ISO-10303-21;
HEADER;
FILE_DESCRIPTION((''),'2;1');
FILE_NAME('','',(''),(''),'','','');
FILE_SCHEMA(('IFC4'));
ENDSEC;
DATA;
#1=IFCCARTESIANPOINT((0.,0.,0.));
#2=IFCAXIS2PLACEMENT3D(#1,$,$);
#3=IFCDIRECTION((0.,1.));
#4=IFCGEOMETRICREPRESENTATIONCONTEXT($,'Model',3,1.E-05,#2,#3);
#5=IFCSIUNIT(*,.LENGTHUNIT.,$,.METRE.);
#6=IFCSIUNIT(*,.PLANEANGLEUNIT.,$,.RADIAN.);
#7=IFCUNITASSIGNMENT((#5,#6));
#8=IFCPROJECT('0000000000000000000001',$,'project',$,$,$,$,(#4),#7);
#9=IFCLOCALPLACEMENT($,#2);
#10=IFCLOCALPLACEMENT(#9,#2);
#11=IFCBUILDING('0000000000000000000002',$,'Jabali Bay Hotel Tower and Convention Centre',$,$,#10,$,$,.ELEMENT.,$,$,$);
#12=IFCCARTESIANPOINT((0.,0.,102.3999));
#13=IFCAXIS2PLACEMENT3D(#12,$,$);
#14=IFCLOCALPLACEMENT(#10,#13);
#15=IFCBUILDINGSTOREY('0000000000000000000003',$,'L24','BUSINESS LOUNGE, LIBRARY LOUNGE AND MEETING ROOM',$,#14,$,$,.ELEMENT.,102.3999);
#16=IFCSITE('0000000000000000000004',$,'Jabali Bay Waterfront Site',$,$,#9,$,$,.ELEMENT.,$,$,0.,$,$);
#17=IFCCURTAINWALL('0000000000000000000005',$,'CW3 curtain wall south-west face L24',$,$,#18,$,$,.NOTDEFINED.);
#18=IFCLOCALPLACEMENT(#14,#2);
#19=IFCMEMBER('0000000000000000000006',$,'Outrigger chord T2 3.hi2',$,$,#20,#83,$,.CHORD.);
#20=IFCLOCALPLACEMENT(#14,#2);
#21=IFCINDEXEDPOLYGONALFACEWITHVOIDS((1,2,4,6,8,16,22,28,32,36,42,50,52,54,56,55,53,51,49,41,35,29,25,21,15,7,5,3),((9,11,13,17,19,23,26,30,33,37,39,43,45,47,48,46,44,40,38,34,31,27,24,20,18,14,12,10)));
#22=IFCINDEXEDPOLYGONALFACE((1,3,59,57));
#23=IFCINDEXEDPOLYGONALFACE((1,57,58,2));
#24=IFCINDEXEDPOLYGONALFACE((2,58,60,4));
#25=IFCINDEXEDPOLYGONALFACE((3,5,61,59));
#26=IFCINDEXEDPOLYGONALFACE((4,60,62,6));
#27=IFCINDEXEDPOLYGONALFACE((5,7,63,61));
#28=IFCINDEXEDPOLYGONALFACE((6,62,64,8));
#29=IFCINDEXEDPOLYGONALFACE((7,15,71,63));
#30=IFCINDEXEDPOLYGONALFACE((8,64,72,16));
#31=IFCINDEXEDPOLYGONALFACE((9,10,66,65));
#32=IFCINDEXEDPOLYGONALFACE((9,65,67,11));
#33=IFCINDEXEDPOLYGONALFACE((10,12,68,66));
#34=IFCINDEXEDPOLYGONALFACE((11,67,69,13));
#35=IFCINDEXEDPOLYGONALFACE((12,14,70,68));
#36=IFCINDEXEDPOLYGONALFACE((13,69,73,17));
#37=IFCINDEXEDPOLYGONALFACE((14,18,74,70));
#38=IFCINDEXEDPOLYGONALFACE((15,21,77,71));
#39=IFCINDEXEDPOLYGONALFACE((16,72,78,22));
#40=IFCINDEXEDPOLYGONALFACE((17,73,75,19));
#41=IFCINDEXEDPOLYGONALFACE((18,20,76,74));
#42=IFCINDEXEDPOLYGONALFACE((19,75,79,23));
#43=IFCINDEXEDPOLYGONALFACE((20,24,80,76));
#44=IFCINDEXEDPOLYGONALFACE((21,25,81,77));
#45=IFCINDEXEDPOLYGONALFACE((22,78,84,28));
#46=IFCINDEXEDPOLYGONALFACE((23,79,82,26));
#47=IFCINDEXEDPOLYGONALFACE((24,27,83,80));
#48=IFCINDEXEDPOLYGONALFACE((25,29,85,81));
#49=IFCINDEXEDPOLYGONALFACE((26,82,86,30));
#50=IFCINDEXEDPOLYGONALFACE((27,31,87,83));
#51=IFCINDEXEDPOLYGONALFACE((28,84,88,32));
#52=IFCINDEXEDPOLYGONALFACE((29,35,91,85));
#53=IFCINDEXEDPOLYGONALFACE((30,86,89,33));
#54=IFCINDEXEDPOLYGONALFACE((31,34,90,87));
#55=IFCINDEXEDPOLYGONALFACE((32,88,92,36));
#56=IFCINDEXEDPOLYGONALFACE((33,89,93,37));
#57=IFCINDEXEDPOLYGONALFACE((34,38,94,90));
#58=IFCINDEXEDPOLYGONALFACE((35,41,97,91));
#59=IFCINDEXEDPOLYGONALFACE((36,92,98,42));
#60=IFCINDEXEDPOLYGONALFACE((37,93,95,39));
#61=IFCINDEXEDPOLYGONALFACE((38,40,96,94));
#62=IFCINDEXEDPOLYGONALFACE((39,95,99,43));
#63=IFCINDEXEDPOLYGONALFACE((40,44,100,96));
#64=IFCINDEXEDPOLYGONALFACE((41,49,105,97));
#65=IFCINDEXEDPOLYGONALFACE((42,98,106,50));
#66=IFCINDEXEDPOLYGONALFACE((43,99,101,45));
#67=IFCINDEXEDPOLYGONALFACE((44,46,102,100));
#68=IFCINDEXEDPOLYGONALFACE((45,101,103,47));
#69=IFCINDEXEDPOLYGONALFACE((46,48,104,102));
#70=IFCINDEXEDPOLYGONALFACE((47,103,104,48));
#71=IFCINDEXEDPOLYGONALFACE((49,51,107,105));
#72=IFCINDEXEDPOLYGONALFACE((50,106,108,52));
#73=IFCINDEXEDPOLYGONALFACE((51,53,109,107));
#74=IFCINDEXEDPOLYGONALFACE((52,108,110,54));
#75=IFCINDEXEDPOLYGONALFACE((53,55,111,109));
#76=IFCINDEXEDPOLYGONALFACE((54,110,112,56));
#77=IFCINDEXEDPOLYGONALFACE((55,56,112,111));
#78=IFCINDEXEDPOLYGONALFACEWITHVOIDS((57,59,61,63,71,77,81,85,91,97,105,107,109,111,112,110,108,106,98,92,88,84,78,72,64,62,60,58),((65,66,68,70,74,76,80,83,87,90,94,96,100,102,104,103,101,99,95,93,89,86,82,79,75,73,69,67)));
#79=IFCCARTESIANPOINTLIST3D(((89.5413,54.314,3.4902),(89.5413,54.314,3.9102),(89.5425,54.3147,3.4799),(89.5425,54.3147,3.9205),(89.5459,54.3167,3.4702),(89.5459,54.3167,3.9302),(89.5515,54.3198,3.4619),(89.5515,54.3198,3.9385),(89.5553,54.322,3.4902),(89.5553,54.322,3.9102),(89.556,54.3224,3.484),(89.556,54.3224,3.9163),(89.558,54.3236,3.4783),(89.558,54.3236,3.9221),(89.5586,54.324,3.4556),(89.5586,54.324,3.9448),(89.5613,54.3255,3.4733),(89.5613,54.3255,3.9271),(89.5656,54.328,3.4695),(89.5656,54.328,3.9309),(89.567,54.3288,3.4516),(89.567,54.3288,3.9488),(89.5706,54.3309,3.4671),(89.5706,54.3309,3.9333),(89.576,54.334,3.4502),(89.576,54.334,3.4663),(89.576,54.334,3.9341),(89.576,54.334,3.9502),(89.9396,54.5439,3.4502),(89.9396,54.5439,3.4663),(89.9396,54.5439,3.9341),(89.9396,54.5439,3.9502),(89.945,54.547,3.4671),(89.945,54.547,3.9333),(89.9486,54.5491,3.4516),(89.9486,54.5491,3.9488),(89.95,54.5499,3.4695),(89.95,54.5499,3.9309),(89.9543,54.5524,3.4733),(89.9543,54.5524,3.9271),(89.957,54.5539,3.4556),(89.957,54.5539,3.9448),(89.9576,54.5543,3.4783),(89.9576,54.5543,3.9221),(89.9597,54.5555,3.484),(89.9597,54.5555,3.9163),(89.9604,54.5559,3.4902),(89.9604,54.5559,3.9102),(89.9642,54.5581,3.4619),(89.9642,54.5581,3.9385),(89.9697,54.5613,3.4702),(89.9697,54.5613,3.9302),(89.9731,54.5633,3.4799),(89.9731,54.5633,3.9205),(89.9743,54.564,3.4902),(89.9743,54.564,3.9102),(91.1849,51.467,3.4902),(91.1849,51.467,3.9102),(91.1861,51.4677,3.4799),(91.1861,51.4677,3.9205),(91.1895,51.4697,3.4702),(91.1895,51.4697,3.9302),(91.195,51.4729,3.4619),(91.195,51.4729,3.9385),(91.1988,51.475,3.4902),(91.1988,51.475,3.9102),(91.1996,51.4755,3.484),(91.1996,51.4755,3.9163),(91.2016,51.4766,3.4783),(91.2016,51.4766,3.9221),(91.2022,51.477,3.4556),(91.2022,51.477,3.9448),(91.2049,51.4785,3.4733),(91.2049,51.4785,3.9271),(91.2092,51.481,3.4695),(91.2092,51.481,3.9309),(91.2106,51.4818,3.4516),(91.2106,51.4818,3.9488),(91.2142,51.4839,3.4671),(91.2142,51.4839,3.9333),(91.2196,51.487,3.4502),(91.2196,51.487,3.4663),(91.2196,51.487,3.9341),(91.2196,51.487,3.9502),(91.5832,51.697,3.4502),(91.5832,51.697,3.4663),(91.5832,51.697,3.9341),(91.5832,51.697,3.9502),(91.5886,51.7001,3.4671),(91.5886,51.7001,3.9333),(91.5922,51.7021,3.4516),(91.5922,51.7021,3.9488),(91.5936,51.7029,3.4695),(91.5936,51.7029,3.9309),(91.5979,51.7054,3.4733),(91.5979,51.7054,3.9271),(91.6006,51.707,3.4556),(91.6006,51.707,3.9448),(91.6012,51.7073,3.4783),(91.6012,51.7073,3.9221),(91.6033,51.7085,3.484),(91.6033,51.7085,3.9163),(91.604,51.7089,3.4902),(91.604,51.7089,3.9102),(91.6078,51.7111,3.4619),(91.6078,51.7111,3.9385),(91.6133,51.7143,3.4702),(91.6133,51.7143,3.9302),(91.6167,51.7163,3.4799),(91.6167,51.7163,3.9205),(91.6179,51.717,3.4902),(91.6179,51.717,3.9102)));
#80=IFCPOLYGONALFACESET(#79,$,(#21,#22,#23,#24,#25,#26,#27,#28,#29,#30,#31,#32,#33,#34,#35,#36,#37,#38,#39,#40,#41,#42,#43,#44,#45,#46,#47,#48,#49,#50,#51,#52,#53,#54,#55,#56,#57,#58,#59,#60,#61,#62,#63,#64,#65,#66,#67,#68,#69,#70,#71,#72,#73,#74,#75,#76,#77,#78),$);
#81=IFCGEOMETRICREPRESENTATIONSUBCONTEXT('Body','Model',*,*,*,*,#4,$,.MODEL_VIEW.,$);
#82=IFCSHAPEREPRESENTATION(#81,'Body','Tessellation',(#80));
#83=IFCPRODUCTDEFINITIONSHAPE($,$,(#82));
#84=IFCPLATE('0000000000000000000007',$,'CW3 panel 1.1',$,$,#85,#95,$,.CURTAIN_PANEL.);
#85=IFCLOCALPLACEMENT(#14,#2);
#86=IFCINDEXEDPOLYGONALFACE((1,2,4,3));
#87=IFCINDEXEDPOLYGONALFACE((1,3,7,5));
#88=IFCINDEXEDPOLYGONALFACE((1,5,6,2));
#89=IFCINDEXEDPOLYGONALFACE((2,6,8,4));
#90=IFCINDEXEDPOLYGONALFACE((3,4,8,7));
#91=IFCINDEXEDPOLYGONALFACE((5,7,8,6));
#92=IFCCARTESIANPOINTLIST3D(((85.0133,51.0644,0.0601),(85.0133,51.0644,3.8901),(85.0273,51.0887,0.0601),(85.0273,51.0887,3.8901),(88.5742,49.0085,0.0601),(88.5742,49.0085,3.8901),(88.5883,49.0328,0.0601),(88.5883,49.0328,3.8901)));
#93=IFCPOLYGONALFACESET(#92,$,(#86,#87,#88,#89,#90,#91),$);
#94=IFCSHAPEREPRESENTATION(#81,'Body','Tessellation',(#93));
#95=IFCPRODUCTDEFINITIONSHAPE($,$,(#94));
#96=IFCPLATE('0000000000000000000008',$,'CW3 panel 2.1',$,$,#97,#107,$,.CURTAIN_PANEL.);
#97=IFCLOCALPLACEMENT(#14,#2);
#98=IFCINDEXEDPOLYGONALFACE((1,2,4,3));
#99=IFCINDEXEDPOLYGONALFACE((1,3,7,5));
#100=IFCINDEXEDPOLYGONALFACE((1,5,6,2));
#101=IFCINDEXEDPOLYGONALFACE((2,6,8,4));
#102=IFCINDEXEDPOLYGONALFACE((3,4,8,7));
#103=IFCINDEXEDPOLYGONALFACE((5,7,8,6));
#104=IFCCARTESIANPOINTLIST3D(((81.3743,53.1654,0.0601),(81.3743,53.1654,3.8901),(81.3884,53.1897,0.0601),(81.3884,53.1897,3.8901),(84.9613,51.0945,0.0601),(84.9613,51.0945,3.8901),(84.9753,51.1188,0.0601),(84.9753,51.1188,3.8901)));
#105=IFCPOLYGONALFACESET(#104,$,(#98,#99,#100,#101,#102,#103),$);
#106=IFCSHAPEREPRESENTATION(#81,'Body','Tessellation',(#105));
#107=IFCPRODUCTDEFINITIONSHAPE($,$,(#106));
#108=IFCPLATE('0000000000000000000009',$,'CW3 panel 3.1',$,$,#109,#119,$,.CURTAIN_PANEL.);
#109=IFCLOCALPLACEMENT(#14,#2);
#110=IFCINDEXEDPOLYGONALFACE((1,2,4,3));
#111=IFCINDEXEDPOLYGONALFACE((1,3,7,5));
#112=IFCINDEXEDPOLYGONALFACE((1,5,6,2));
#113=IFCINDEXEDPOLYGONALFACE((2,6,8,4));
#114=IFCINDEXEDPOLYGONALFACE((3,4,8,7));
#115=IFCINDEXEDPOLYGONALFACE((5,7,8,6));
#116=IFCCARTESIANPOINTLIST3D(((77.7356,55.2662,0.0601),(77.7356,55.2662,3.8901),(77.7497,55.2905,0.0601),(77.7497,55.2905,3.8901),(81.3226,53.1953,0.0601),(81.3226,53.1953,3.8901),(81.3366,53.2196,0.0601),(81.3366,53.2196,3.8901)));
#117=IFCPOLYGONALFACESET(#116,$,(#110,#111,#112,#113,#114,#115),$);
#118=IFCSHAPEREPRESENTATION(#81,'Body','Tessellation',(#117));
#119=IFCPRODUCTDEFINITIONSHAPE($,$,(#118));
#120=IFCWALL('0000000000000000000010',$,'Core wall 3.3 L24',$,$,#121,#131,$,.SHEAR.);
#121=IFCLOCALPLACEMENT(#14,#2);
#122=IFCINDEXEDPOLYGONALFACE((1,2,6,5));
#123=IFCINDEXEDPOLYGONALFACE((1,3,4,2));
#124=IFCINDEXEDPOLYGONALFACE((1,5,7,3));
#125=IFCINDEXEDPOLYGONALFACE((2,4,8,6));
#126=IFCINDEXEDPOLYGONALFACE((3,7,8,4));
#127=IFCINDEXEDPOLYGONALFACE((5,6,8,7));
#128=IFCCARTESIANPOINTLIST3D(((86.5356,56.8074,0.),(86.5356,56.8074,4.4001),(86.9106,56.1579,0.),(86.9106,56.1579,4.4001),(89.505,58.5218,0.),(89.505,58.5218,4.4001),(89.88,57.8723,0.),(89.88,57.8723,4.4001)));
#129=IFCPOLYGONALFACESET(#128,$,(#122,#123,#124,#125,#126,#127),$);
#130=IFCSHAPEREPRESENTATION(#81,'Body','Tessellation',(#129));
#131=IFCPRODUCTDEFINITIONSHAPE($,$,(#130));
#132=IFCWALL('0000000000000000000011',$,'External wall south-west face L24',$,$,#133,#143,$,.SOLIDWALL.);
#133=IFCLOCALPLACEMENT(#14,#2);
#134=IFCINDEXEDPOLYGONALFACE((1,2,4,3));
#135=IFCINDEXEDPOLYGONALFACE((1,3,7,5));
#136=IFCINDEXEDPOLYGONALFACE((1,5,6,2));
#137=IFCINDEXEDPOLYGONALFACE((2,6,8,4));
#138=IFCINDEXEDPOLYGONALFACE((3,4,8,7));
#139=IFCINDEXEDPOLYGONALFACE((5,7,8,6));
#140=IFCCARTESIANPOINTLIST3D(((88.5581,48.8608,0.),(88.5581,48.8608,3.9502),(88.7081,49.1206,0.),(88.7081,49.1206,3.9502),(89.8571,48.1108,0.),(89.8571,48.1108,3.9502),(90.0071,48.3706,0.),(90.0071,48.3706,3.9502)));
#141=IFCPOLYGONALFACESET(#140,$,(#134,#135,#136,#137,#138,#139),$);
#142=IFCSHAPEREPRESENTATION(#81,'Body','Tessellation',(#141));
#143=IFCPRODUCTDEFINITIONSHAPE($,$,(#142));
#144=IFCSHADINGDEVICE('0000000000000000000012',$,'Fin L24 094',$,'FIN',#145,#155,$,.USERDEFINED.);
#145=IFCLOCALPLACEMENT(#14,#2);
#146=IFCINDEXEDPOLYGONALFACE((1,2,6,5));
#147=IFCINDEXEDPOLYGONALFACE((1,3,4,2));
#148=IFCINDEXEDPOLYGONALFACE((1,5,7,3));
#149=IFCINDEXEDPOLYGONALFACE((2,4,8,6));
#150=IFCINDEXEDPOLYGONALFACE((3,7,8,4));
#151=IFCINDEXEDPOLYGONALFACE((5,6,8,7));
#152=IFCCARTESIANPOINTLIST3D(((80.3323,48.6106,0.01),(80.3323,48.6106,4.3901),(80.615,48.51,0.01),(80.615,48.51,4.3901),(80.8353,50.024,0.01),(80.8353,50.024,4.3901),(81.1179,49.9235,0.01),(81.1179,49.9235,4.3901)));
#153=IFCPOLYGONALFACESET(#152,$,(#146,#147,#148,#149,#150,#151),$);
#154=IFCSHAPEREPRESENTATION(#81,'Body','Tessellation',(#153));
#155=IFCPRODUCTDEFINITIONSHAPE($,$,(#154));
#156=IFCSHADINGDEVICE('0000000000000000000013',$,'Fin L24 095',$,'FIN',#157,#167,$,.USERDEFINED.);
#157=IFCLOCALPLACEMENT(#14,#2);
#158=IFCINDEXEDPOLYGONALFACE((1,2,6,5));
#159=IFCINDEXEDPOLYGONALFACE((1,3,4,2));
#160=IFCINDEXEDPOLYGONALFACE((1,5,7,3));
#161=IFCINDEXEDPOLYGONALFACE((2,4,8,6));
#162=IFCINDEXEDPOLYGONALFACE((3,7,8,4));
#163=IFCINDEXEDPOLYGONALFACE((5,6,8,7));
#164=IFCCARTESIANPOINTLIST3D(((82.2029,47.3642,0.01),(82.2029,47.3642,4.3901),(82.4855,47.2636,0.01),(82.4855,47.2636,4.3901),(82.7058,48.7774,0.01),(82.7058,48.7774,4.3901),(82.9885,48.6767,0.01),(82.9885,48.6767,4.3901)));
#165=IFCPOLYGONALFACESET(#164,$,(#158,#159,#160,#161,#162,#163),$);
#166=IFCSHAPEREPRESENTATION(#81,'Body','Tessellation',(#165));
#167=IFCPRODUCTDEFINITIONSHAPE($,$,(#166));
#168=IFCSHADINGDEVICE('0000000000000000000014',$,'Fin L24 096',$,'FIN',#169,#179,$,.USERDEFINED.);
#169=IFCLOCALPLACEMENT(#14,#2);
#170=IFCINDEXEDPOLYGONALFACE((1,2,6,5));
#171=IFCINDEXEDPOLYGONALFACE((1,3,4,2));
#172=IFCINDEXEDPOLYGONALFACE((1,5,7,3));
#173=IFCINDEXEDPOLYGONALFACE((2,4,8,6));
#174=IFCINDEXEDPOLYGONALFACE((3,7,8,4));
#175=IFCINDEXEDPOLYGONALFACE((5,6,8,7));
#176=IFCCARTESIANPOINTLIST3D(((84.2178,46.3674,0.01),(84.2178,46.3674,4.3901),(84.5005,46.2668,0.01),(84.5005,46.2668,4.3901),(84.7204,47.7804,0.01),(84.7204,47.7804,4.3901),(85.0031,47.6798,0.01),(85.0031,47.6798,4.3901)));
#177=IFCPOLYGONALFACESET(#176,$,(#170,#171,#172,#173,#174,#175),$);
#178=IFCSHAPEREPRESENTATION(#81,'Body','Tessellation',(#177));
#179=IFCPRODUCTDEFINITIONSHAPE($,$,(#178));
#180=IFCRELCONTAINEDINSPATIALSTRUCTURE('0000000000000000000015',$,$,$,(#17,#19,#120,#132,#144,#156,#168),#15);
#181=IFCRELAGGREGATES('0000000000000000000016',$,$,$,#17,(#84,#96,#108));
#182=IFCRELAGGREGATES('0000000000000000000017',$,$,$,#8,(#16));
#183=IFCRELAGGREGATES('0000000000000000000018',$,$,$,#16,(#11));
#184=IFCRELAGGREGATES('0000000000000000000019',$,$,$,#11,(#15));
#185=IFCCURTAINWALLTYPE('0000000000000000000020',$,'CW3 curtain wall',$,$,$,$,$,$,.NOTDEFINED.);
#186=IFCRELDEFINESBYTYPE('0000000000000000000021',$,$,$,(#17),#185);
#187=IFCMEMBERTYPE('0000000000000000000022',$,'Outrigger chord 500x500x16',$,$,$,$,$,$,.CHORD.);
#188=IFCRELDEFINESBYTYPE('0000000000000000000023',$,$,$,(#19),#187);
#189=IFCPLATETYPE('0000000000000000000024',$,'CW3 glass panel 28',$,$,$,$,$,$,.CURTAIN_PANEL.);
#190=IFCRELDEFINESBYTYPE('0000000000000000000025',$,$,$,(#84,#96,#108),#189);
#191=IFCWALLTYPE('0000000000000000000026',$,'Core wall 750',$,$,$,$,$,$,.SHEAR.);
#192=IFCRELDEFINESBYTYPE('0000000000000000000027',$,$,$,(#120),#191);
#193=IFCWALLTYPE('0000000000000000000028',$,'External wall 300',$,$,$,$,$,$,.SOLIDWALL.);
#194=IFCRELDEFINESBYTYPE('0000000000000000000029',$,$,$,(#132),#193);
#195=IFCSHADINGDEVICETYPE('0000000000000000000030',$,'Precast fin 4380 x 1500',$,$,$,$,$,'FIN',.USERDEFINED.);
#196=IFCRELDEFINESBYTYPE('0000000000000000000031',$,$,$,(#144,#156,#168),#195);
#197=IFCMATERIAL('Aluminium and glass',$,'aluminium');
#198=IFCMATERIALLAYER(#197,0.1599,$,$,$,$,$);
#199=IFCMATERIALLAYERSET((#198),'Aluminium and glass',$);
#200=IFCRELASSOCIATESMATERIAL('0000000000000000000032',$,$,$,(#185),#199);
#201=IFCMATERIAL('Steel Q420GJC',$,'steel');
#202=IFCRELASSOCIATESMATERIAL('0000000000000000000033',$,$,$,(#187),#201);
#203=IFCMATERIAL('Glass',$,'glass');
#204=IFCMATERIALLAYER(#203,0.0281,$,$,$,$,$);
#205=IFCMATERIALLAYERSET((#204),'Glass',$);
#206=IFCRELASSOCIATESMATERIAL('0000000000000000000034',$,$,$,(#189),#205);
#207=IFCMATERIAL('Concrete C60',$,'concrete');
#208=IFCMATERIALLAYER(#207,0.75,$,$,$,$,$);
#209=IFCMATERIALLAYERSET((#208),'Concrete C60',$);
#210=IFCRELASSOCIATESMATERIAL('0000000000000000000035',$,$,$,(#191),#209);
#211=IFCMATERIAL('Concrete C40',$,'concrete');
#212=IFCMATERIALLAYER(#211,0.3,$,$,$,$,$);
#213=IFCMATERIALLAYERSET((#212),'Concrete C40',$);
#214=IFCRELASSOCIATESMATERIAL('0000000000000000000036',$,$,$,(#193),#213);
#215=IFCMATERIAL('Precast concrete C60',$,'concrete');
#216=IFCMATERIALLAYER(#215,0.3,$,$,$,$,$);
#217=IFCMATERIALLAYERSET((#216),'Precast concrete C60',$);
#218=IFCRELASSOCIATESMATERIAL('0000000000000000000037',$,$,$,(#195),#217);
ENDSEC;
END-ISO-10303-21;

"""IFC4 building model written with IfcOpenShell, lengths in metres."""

from ifc_helpers import new_model, si_unit, direction, frame, frame_2d, origin, origin_2d, place, context, subcontext, project, spatial, rectangle, hollow_rectangle, extrude, material, layer, layer_set, material_profile, profile_set, type_object, element, aggregate, save


model = new_model("IFC4")

# Units and contexts
model_context = context("Model", 3, precision=1e-05, world=origin(), true_north=direction((0.0, 1.0)))
body_context = subcontext(model_context, "Body", "Model", "MODEL_VIEW")
ifc_project = project(units=[si_unit("LENGTHUNIT", "METRE"), si_unit("PLANEANGLEUNIT", "RADIAN")], contexts=[model_context])

# Site, building, storey
site_placement = place(None, origin())
site = spatial("IfcSite", under=ifc_project, at=site_placement, Name="Jabali Bay Waterfront Site", CompositionType="ELEMENT", RefElevation=0.0)
building_placement = place(site_placement, origin())
building = spatial("IfcBuilding", under=site, at=building_placement, Name="Jabali Bay Hotel Tower and Convention Centre", CompositionType="ELEMENT")
storey_placement = place(building_placement, frame((0.0, 0.0, 102.3999)))
storey = spatial("IfcBuildingStorey", under=building, at=storey_placement, Name="L24", Description="BUSINESS LOUNGE, LIBRARY LOUNGE AND MEETING ROOM", CompositionType="ELEMENT", Elevation=102.3999)

# Shared definitions
ifc_material_1 = material(Name="Concrete C60", Category="concrete")

# Shared definitions
ifc_material_2 = material(Name="Steel Q420GJC", Category="steel")

# Curtain wall
ifc_material_3 = material(Name="Aluminium and glass", Category="aluminium")
ifc_layer_1 = layer(ifc_material_3, 0.1599)
ifc_layer_set_1 = layer_set([ifc_layer_1], Name="Aluminium and glass")
curtain_wall_type = type_object("IfcCurtainWallType", Name="CW3 curtain wall", PredefinedType="NOTDEFINED", material=ifc_layer_set_1)
curtain_wall_placement = place(storey_placement, origin())
curtain_wall = element("IfcCurtainWall", 1, at=curtain_wall_placement, inside=storey, type_object=curtain_wall_type, Name="CW3 curtain wall south-west face L24", PredefinedType="NOTDEFINED")

# Member
ifc_material_profile_1 = material_profile(ifc_material_2, hollow_rectangle(XDim=0.5, YDim=0.5, WallThickness=0.0161, InnerFilletRadius=0.0239, OuterFilletRadius=0.04, at=origin_2d()), Name="Outrigger chord 500x500x16")
ifc_profile_set_1 = profile_set([ifc_material_profile_1], Name="Steel Q420GJC")
member_type_1 = type_object("IfcMemberType", Name="Outrigger chord 500x500x16", PredefinedType="CHORD", material=ifc_profile_set_1)
member_1_placement = place(storey_placement, frame((89.7578, 54.439, 3.7002), z_axis=(0.499973, -0.866041, 0.0), x_axis=(0.866041, 0.499973, 0.0)))
element("IfcMember", 2, at=member_1_placement, inside=storey, type_object=member_type_1, Name="Outrigger chord T2 3.hi2", PredefinedType="CHORD", context=body_context, shape_type="SweptSolid", body=[
    extrude(hollow_rectangle(XDim=0.5, YDim=0.5, WallThickness=0.0161, InnerFilletRadius=0.0239, OuterFilletRadius=0.04, at=origin_2d()), origin(), (0.0, 0.0, 1.0), 3.2874),
])

# Plates
ifc_material_4 = material(Name="Glass", Category="glass")
ifc_layer_2 = layer(ifc_material_4, 0.0281)
ifc_layer_set_2 = layer_set([ifc_layer_2], Name="Glass")
plate_type = type_object("IfcPlateType", Name="CW3 glass panel 28", PredefinedType="CURTAIN_PANEL", material=ifc_layer_set_2)
plate_1_placement = place(storey_placement, frame((86.8008, 50.0486, 0.0601), z_axis=(0.0, 0.0, 1.0), x_axis=(-0.866025, 0.5, 0.0)))
plate_1 = element("IfcPlate", 3, at=plate_1_placement, type_object=plate_type, Name="CW3 panel 1.1", PredefinedType="CURTAIN_PANEL", context=body_context, shape_type="SweptSolid", body=[
    extrude(rectangle(XDim=4.1118, YDim=0.0281, at=origin_2d()), origin(), (0.0, 0.0, 1.0), 3.8301),
])
plate_2_placement = place(storey_placement, frame((83.1748, 52.1421, 0.0601), z_axis=(0.0, 0.0, 1.0), x_axis=(-0.866025, 0.5, 0.0)))
plate_2 = element("IfcPlate", 4, at=plate_2_placement, type_object=plate_type, Name="CW3 panel 2.1", PredefinedType="CURTAIN_PANEL", context=body_context, shape_type="SweptSolid", body=[
    extrude(rectangle(XDim=4.1418, YDim=0.0281, at=origin_2d()), origin(), (0.0, 0.0, 1.0), 3.8301),
])
plate_3_placement = place(storey_placement, frame((79.5361, 54.2429, 0.0601), z_axis=(0.0, 0.0, 1.0), x_axis=(-0.866025, 0.5, 0.0)))
plate_3 = element("IfcPlate", 5, at=plate_3_placement, type_object=plate_type, Name="CW3 panel 3.1", PredefinedType="CURTAIN_PANEL", context=body_context, shape_type="SweptSolid", body=[
    extrude(rectangle(XDim=4.1418, YDim=0.0281, at=origin_2d()), origin(), (0.0, 0.0, 1.0), 3.8301),
])
aggregate(curtain_wall, [plate_1, plate_2, plate_3])

# Walls
ifc_layer_3 = layer(ifc_material_1, 0.75)
ifc_layer_set_3 = layer_set([ifc_layer_3], Name="Concrete C60")
wall_type_1 = type_object("IfcWallType", Name="Core wall 750", PredefinedType="SHEAR", material=ifc_layer_set_3)
wall_1_placement = place(storey_placement, frame((86.7231, 56.4827, 0.0), z_axis=(0.0, 0.0, 1.0), x_axis=(0.866017, 0.500014, 0.0)))
element("IfcWall", 6, at=wall_1_placement, inside=storey, type_object=wall_type_1, Name="Core wall 3.3 L24", PredefinedType="SHEAR", context=body_context, shape_type="SweptSolid", body=[
    extrude(rectangle(XDim=3.4287, YDim=0.75, at=frame_2d((1.7144, 0.0))), origin(), (0.0, 0.0, 1.0), 4.4001),
])
ifc_material_5 = material(Name="Concrete C40", Category="concrete")
ifc_layer_4 = layer(ifc_material_5, 0.3)
ifc_layer_set_4 = layer_set([ifc_layer_4], Name="Concrete C40")
wall_type_2 = type_object("IfcWallType", Name="External wall 300", PredefinedType="SOLIDWALL", material=ifc_layer_set_4)
wall_2_placement = place(storey_placement, frame((89.9321, 48.2407, 0.0), z_axis=(0.0, 0.0, 1.0), x_axis=(-0.866031, 0.49999, 0.0)))
element("IfcWall", 7, at=wall_2_placement, inside=storey, type_object=wall_type_2, Name="External wall south-west face L24", PredefinedType="SOLIDWALL", context=body_context, shape_type="SweptSolid", body=[
    extrude(rectangle(XDim=1.5, YDim=0.3, at=frame_2d((0.75, 0.0))), origin(), (0.0, 0.0, 1.0), 3.9502),
])

# Shading devices
ifc_material_6 = material(Name="Precast concrete C60", Category="concrete")
ifc_layer_5 = layer(ifc_material_6, 0.3)
ifc_layer_set_5 = layer_set([ifc_layer_5], Name="Precast concrete C60")
shading_device_type = type_object("IfcShadingDeviceType", Name="Precast fin 4380 x 1500", ElementType="FIN", PredefinedType="USERDEFINED", material=ifc_layer_set_5)
shading_device_1_placement = place(storey_placement, frame((80.9766, 49.9736, 0.01), z_axis=(0.0, 0.0, 1.0), x_axis=(-0.335254, -0.942128, 0.0)))
element("IfcShadingDevice", 8, at=shading_device_1_placement, inside=storey, type_object=shading_device_type, Name="Fin L24 094", ObjectType="FIN", PredefinedType="USERDEFINED", context=body_context, shape_type="SweptSolid", body=[
    extrude(rectangle(XDim=1.5002, YDim=0.3, at=frame_2d((0.75, 0.0))), origin(), (0.0, 0.0, 1.0), 4.3801),
])
shading_device_2_placement = place(storey_placement, frame((82.8472, 48.7271, 0.01), z_axis=(0.0, 0.0, 1.0), x_axis=(-0.335305, -0.94211, 0.0)))
element("IfcShadingDevice", 9, at=shading_device_2_placement, inside=storey, type_object=shading_device_type, Name="Fin L24 095", ObjectType="FIN", PredefinedType="USERDEFINED", context=body_context, shape_type="SweptSolid", body=[
    extrude(rectangle(XDim=1.5, YDim=0.3, at=frame_2d((0.75, 0.0))), origin(), (0.0, 0.0, 1.0), 4.3801),
])
shading_device_3_placement = place(storey_placement, frame((84.8618, 47.7302, 0.01), z_axis=(0.0, 0.0, 1.0), x_axis=(-0.335161, -0.942161, 0.0)))
element("IfcShadingDevice", 10, at=shading_device_3_placement, inside=storey, type_object=shading_device_type, Name="Fin L24 096", ObjectType="FIN", PredefinedType="USERDEFINED", context=body_context, shape_type="SweptSolid", body=[
    extrude(rectangle(XDim=1.4998, YDim=0.3, at=frame_2d((0.75, 0.0))), origin(), (0.0, 0.0, 1.0), 4.3801),
])

save(model, "model.ifc")
